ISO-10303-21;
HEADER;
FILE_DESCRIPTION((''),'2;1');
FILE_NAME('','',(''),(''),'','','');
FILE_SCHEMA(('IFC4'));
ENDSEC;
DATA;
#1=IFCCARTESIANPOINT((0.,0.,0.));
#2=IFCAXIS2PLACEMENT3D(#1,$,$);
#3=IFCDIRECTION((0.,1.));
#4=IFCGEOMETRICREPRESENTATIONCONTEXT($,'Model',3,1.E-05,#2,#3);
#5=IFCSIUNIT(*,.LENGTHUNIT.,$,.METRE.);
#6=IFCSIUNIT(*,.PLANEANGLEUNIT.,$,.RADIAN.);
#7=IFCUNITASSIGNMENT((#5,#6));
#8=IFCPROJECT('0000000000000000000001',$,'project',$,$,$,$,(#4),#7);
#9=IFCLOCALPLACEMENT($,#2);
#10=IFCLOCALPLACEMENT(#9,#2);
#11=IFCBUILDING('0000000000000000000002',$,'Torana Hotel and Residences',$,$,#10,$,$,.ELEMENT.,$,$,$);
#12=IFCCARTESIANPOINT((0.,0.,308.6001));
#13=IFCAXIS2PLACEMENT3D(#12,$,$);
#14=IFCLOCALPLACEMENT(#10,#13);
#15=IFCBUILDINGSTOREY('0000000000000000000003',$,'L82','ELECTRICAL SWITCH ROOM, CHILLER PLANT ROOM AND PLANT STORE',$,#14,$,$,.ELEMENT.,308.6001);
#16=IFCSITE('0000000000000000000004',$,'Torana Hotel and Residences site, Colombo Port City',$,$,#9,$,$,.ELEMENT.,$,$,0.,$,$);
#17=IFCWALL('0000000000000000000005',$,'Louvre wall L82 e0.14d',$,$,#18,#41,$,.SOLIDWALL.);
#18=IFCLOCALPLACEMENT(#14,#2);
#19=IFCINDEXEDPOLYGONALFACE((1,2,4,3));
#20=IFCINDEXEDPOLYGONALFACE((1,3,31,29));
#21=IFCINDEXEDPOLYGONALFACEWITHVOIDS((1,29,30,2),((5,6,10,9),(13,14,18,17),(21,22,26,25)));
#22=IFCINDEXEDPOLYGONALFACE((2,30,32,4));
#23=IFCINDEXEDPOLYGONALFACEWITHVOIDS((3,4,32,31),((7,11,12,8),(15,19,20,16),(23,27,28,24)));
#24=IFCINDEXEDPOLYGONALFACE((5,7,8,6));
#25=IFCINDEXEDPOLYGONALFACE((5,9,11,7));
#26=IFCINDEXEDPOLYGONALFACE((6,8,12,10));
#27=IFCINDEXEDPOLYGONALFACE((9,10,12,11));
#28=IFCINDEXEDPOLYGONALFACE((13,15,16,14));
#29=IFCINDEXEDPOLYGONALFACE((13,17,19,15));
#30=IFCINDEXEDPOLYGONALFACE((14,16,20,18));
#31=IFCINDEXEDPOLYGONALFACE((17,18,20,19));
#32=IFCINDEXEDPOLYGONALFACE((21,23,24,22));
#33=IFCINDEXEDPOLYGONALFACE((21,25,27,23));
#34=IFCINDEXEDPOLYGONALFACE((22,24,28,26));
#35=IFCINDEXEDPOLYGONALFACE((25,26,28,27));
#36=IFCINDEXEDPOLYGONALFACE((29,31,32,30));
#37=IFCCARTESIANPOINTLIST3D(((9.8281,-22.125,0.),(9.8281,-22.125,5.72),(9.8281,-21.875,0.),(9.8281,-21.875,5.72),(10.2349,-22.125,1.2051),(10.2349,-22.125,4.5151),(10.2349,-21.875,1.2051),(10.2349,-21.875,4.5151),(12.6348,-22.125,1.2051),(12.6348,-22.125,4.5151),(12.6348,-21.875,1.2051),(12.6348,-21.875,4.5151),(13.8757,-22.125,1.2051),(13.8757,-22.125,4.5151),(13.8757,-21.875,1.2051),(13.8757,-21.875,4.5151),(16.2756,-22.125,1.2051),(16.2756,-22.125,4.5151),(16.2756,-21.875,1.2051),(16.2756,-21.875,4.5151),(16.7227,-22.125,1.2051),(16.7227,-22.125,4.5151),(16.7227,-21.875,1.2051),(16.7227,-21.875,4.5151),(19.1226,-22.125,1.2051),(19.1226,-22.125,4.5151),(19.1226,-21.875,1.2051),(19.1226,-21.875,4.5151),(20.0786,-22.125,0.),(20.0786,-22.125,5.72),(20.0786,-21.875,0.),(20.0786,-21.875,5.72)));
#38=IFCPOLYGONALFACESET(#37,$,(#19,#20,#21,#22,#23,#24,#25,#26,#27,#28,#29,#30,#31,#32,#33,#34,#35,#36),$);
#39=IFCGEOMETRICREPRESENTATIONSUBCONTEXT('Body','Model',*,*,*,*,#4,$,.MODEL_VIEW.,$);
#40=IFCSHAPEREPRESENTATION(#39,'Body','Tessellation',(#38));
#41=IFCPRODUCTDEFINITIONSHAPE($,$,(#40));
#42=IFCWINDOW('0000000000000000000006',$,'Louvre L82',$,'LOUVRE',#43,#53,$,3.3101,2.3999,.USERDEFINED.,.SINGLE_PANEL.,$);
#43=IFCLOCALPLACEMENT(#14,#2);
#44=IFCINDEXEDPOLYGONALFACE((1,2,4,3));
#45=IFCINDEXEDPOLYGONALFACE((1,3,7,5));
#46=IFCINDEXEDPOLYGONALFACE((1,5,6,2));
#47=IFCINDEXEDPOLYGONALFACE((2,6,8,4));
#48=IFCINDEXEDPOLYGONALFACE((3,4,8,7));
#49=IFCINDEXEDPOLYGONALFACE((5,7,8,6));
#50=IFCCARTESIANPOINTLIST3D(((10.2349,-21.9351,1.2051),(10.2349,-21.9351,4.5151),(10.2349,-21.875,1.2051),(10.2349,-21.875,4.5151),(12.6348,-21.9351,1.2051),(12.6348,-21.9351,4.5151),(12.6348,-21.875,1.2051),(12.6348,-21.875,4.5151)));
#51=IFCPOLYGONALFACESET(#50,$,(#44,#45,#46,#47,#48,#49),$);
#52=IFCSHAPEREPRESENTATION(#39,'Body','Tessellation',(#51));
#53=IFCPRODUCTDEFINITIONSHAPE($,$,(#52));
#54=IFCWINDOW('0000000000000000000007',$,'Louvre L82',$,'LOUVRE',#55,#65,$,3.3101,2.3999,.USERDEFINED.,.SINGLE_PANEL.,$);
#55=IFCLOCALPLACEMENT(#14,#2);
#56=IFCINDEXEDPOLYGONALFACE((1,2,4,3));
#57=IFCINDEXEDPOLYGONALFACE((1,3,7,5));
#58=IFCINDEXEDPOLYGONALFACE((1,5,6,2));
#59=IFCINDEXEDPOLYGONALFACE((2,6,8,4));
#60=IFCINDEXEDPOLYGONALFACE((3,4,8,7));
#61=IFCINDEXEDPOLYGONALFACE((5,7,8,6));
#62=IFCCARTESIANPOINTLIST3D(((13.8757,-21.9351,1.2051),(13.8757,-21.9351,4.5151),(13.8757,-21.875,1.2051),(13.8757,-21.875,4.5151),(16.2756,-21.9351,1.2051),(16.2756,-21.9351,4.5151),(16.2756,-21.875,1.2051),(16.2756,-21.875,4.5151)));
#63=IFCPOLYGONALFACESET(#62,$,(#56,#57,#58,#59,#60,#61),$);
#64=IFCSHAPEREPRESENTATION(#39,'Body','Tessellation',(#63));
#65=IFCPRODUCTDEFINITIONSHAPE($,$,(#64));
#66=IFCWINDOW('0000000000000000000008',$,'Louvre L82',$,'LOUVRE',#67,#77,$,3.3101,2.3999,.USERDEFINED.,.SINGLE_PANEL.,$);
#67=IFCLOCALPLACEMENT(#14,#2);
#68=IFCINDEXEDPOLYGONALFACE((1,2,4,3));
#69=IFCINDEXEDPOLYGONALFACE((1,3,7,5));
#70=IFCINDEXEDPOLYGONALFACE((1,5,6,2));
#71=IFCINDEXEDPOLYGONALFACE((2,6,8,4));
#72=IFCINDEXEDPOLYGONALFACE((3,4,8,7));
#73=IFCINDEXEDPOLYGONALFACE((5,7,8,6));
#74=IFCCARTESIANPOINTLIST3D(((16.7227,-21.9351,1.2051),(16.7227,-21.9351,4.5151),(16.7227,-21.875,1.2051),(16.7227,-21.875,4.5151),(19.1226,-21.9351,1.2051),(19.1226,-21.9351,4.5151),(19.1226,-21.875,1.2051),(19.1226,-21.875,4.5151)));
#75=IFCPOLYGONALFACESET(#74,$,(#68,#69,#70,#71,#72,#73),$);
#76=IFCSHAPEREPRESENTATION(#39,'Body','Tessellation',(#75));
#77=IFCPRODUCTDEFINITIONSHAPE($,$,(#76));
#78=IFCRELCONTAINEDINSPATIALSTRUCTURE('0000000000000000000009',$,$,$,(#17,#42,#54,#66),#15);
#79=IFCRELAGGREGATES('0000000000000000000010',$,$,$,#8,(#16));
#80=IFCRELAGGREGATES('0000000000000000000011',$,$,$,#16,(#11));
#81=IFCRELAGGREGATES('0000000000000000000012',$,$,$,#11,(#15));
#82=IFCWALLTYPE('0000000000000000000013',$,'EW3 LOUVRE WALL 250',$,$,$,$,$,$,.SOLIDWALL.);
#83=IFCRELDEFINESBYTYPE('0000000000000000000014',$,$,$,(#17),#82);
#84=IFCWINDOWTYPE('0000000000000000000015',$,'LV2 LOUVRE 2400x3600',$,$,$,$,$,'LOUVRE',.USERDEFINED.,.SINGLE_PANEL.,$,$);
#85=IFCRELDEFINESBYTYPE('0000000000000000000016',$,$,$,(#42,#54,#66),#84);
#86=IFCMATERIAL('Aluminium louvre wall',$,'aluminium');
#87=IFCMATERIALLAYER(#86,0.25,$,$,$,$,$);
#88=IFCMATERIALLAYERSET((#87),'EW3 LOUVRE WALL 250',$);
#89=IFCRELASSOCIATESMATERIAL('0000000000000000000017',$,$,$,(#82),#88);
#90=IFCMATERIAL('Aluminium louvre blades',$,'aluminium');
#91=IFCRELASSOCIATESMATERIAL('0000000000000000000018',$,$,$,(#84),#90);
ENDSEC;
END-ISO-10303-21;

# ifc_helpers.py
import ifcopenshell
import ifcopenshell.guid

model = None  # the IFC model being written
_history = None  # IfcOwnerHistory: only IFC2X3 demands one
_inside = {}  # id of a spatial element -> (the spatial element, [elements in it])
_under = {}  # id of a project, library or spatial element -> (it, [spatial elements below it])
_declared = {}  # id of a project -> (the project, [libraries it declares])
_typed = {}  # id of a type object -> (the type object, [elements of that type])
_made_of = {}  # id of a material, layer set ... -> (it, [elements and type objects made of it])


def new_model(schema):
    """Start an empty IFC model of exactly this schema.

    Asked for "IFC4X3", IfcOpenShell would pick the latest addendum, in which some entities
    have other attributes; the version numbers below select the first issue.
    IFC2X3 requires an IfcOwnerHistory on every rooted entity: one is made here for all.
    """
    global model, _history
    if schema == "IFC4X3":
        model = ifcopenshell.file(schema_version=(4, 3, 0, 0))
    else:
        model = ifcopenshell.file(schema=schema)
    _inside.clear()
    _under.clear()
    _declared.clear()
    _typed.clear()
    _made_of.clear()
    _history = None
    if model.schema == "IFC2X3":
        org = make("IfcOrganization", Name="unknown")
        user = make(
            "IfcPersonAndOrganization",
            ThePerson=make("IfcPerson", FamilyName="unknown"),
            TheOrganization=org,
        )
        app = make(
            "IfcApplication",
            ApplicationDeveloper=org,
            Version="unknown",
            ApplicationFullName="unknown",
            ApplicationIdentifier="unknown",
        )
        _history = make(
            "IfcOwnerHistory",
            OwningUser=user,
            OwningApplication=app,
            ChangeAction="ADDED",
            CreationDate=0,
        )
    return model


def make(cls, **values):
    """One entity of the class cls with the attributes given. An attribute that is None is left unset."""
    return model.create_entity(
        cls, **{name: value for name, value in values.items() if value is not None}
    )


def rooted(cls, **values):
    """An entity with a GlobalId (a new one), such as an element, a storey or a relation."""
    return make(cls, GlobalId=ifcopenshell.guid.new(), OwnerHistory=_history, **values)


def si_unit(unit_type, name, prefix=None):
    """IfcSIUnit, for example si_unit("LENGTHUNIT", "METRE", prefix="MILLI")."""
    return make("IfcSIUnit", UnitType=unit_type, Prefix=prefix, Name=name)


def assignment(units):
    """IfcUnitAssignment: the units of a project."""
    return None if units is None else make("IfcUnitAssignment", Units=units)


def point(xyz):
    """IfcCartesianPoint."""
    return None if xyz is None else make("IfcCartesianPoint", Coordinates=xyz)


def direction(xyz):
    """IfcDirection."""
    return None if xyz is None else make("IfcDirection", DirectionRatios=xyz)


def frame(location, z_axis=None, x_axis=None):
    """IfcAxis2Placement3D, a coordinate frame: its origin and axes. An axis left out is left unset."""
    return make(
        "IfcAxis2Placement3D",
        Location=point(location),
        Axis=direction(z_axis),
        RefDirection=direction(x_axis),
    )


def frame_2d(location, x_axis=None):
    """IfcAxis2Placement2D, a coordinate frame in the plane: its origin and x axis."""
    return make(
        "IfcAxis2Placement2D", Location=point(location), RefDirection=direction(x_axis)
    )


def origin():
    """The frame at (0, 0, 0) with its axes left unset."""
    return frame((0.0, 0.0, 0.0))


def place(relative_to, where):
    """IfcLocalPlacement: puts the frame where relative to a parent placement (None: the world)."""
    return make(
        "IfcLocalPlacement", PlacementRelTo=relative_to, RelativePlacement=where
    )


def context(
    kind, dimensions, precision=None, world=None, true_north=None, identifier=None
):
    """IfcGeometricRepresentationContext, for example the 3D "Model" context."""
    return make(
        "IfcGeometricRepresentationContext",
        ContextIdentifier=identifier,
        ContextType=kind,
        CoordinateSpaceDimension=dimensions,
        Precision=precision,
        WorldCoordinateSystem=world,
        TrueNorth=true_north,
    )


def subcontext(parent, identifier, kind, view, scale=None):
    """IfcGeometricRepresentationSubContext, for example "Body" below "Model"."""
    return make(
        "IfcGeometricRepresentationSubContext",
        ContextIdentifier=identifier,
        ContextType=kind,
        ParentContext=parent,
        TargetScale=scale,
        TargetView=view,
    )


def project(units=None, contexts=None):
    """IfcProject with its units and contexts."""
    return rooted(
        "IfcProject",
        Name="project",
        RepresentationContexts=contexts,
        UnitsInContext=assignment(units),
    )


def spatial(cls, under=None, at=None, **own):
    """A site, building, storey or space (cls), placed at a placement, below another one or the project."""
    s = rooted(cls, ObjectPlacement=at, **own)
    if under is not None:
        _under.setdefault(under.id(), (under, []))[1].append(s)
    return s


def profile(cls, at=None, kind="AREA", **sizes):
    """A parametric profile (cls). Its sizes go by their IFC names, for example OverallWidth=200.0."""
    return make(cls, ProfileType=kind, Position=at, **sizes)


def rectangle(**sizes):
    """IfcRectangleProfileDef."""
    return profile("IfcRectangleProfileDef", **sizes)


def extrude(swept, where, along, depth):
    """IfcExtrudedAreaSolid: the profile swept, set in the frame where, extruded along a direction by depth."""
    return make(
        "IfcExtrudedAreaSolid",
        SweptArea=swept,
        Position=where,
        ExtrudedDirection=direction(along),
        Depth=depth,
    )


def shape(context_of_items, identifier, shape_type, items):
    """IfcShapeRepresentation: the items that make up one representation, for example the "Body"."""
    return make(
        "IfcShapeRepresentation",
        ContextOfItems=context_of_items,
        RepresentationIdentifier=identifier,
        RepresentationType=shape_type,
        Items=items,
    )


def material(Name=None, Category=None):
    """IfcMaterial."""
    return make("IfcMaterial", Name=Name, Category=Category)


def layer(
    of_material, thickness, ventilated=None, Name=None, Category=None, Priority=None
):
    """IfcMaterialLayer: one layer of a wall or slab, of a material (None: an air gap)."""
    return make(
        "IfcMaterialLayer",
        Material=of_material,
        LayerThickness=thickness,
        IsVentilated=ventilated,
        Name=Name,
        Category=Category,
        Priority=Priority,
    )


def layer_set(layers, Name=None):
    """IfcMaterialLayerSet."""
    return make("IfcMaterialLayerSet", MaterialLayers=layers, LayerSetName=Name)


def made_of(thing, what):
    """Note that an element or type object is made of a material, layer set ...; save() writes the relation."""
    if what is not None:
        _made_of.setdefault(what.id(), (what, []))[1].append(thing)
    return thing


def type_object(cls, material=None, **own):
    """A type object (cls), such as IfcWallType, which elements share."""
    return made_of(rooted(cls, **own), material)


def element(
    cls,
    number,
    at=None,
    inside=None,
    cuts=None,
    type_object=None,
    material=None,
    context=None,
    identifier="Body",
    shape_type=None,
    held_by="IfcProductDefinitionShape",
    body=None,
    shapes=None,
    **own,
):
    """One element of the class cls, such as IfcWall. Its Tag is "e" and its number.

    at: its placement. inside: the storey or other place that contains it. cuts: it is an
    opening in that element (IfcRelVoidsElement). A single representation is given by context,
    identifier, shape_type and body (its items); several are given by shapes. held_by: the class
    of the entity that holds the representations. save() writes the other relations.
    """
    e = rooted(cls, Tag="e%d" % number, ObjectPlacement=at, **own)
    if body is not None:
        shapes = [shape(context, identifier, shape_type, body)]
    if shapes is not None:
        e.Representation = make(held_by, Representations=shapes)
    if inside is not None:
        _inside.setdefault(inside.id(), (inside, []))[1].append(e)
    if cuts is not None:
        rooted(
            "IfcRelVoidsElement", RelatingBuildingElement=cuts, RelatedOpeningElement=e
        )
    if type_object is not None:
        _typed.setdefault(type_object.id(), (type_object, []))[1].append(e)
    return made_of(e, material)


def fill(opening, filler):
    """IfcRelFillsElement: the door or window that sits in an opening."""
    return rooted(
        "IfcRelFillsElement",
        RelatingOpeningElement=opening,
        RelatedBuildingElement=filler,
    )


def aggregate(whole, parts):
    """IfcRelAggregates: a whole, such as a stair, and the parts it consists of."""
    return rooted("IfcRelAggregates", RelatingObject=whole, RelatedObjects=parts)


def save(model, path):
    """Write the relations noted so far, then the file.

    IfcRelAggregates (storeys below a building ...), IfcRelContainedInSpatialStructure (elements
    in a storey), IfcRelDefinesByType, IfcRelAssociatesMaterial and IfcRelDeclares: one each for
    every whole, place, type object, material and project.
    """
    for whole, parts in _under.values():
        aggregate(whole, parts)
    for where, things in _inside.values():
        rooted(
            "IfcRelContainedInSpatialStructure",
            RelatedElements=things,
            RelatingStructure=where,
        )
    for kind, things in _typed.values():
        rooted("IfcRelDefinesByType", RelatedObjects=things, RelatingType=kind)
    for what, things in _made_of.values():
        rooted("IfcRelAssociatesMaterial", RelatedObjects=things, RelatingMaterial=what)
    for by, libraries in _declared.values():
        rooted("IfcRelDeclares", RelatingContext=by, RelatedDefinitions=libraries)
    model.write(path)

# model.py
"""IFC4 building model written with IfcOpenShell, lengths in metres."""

from ifc_helpers import new_model, si_unit, direction, frame, frame_2d, origin, place, context, subcontext, project, spatial, rectangle, extrude, material, layer, layer_set, type_object, element, fill, save


model = new_model("IFC4")

# Units and contexts
model_context = context("Model", 3, precision=1e-05, world=origin(), true_north=direction((0.0, 1.0)))
body_context = subcontext(model_context, "Body", "Model", "MODEL_VIEW")
ifc_project = project(units=[si_unit("LENGTHUNIT", "METRE"), si_unit("PLANEANGLEUNIT", "RADIAN")], contexts=[model_context])

# Site, building, storey
site_placement = place(None, origin())
site = spatial("IfcSite", under=ifc_project, at=site_placement, Name="Torana Hotel and Residences site, Colombo Port City", CompositionType="ELEMENT", RefElevation=0.0)
building_placement = place(site_placement, origin())
building = spatial("IfcBuilding", under=site, at=building_placement, Name="Torana Hotel and Residences", CompositionType="ELEMENT")
storey_placement = place(building_placement, frame((0.0, 0.0, 308.6001)))
storey = spatial("IfcBuildingStorey", under=building, at=storey_placement, Name="L82", Description="ELECTRICAL SWITCH ROOM, CHILLER PLANT ROOM AND PLANT STORE", CompositionType="ELEMENT", Elevation=308.6001)

# Shared definitions
ifc_material_1 = material(Name="Aluminium louvre wall", Category="aluminium")
ifc_layer = layer(ifc_material_1, 0.25)
ifc_layer_set = layer_set([ifc_layer], Name="EW3 LOUVRE WALL 250")
wall_type = type_object("IfcWallType", Name="EW3 LOUVRE WALL 250", PredefinedType="SOLIDWALL", material=ifc_layer_set)

# Wall, openings, windows
wall_1_placement = place(storey_placement, frame((9.8281, -22.0, 0.0), z_axis=(0.0, 0.0, 1.0), x_axis=(1.0, 0.0, 0.0)))
wall_1 = element("IfcWall", 1, at=wall_1_placement, inside=storey, type_object=wall_type, Name="Louvre wall L82 e0.14d", PredefinedType="SOLIDWALL", context=body_context, shape_type="SweptSolid", body=[
    extrude(rectangle(XDim=10.2505, YDim=0.25, at=frame_2d((5.1252, 0.0))), origin(), (0.0, 0.0, 1.0), 5.72),
])
opening_1_placement = place(wall_1_placement, frame((0.4067, 0.0, 1.2051)))
opening_1 = element("IfcOpeningElement", 2, at=opening_1_placement, cuts=wall_1, PredefinedType="OPENING", context=body_context, shape_type="SweptSolid", body=[
    extrude(rectangle(XDim=2.3999, YDim=3.3101, at=frame_2d((1.2, 1.655))), frame((0.0, 0.135, 0.0), z_axis=(0.0, -1.0, 0.0), x_axis=(1.0, 0.0, 0.0)), (0.0, 0.0, 1.0), 0.27),
])
opening_2_placement = place(wall_1_placement, frame((4.0476, 0.0, 1.2051)))
opening_2 = element("IfcOpeningElement", 3, at=opening_2_placement, cuts=wall_1, PredefinedType="OPENING", context=body_context, shape_type="SweptSolid", body=[
    extrude(rectangle(XDim=2.3999, YDim=3.3101, at=frame_2d((1.2, 1.655))), frame((0.0, 0.135, 0.0), z_axis=(0.0, -1.0, 0.0), x_axis=(1.0, 0.0, 0.0)), (0.0, 0.0, 1.0), 0.27),
])
opening_3_placement = place(wall_1_placement, frame((6.8945, 0.0, 1.2051)))
opening_3 = element("IfcOpeningElement", 4, at=opening_3_placement, cuts=wall_1, PredefinedType="OPENING", context=body_context, shape_type="SweptSolid", body=[
    extrude(rectangle(XDim=2.3999, YDim=3.3101, at=frame_2d((1.2, 1.655))), frame((0.0, 0.135, 0.0), z_axis=(0.0, -1.0, 0.0), x_axis=(1.0, 0.0, 0.0)), (0.0, 0.0, 1.0), 0.27),
])
ifc_material_2 = material(Name="Aluminium louvre blades", Category="aluminium")
window_type = type_object("IfcWindowType", Name="LV2 LOUVRE 2400x3600", ElementType="LOUVRE", PartitioningType="SINGLE_PANEL", PredefinedType="USERDEFINED", material=ifc_material_2)
window_1_placement = place(opening_1_placement, origin())
window_1 = element("IfcWindow", 5, at=window_1_placement, inside=storey, type_object=window_type, Name="Louvre L82", ObjectType="LOUVRE", OverallHeight=3.3101, OverallWidth=2.3999, PartitioningType="SINGLE_PANEL", PredefinedType="USERDEFINED", context=body_context, shape_type="SweptSolid", body=[
    extrude(rectangle(XDim=2.3999, YDim=3.3101, at=frame_2d((1.2, 1.655))), frame((0.0, 0.125, 0.0), z_axis=(0.0, -1.0, 0.0), x_axis=(1.0, 0.0, 0.0)), (0.0, 0.0, 1.0), 0.0601),
])
fill(opening_1, window_1)
window_2_placement = place(opening_2_placement, origin())
window_2 = element("IfcWindow", 6, at=window_2_placement, inside=storey, type_object=window_type, Name="Louvre L82", ObjectType="LOUVRE", OverallHeight=3.3101, OverallWidth=2.3999, PartitioningType="SINGLE_PANEL", PredefinedType="USERDEFINED", context=body_context, shape_type="SweptSolid", body=[
    extrude(rectangle(XDim=2.3999, YDim=3.3101, at=frame_2d((1.2, 1.655))), frame((0.0, 0.125, 0.0), z_axis=(0.0, -1.0, 0.0), x_axis=(1.0, 0.0, 0.0)), (0.0, 0.0, 1.0), 0.0601),
])
fill(opening_2, window_2)
window_3_placement = place(opening_3_placement, origin())
window_3 = element("IfcWindow", 7, at=window_3_placement, inside=storey, type_object=window_type, Name="Louvre L82", ObjectType="LOUVRE", OverallHeight=3.3101, OverallWidth=2.3999, PartitioningType="SINGLE_PANEL", PredefinedType="USERDEFINED", context=body_context, shape_type="SweptSolid", body=[
    extrude(rectangle(XDim=2.3999, YDim=3.3101, at=frame_2d((1.2, 1.655))), frame((0.0, 0.125, 0.0), z_axis=(0.0, -1.0, 0.0), x_axis=(1.0, 0.0, 0.0)), (0.0, 0.0, 1.0), 0.0601),
])
fill(opening_3, window_3)

save(model, "model.ifc")
